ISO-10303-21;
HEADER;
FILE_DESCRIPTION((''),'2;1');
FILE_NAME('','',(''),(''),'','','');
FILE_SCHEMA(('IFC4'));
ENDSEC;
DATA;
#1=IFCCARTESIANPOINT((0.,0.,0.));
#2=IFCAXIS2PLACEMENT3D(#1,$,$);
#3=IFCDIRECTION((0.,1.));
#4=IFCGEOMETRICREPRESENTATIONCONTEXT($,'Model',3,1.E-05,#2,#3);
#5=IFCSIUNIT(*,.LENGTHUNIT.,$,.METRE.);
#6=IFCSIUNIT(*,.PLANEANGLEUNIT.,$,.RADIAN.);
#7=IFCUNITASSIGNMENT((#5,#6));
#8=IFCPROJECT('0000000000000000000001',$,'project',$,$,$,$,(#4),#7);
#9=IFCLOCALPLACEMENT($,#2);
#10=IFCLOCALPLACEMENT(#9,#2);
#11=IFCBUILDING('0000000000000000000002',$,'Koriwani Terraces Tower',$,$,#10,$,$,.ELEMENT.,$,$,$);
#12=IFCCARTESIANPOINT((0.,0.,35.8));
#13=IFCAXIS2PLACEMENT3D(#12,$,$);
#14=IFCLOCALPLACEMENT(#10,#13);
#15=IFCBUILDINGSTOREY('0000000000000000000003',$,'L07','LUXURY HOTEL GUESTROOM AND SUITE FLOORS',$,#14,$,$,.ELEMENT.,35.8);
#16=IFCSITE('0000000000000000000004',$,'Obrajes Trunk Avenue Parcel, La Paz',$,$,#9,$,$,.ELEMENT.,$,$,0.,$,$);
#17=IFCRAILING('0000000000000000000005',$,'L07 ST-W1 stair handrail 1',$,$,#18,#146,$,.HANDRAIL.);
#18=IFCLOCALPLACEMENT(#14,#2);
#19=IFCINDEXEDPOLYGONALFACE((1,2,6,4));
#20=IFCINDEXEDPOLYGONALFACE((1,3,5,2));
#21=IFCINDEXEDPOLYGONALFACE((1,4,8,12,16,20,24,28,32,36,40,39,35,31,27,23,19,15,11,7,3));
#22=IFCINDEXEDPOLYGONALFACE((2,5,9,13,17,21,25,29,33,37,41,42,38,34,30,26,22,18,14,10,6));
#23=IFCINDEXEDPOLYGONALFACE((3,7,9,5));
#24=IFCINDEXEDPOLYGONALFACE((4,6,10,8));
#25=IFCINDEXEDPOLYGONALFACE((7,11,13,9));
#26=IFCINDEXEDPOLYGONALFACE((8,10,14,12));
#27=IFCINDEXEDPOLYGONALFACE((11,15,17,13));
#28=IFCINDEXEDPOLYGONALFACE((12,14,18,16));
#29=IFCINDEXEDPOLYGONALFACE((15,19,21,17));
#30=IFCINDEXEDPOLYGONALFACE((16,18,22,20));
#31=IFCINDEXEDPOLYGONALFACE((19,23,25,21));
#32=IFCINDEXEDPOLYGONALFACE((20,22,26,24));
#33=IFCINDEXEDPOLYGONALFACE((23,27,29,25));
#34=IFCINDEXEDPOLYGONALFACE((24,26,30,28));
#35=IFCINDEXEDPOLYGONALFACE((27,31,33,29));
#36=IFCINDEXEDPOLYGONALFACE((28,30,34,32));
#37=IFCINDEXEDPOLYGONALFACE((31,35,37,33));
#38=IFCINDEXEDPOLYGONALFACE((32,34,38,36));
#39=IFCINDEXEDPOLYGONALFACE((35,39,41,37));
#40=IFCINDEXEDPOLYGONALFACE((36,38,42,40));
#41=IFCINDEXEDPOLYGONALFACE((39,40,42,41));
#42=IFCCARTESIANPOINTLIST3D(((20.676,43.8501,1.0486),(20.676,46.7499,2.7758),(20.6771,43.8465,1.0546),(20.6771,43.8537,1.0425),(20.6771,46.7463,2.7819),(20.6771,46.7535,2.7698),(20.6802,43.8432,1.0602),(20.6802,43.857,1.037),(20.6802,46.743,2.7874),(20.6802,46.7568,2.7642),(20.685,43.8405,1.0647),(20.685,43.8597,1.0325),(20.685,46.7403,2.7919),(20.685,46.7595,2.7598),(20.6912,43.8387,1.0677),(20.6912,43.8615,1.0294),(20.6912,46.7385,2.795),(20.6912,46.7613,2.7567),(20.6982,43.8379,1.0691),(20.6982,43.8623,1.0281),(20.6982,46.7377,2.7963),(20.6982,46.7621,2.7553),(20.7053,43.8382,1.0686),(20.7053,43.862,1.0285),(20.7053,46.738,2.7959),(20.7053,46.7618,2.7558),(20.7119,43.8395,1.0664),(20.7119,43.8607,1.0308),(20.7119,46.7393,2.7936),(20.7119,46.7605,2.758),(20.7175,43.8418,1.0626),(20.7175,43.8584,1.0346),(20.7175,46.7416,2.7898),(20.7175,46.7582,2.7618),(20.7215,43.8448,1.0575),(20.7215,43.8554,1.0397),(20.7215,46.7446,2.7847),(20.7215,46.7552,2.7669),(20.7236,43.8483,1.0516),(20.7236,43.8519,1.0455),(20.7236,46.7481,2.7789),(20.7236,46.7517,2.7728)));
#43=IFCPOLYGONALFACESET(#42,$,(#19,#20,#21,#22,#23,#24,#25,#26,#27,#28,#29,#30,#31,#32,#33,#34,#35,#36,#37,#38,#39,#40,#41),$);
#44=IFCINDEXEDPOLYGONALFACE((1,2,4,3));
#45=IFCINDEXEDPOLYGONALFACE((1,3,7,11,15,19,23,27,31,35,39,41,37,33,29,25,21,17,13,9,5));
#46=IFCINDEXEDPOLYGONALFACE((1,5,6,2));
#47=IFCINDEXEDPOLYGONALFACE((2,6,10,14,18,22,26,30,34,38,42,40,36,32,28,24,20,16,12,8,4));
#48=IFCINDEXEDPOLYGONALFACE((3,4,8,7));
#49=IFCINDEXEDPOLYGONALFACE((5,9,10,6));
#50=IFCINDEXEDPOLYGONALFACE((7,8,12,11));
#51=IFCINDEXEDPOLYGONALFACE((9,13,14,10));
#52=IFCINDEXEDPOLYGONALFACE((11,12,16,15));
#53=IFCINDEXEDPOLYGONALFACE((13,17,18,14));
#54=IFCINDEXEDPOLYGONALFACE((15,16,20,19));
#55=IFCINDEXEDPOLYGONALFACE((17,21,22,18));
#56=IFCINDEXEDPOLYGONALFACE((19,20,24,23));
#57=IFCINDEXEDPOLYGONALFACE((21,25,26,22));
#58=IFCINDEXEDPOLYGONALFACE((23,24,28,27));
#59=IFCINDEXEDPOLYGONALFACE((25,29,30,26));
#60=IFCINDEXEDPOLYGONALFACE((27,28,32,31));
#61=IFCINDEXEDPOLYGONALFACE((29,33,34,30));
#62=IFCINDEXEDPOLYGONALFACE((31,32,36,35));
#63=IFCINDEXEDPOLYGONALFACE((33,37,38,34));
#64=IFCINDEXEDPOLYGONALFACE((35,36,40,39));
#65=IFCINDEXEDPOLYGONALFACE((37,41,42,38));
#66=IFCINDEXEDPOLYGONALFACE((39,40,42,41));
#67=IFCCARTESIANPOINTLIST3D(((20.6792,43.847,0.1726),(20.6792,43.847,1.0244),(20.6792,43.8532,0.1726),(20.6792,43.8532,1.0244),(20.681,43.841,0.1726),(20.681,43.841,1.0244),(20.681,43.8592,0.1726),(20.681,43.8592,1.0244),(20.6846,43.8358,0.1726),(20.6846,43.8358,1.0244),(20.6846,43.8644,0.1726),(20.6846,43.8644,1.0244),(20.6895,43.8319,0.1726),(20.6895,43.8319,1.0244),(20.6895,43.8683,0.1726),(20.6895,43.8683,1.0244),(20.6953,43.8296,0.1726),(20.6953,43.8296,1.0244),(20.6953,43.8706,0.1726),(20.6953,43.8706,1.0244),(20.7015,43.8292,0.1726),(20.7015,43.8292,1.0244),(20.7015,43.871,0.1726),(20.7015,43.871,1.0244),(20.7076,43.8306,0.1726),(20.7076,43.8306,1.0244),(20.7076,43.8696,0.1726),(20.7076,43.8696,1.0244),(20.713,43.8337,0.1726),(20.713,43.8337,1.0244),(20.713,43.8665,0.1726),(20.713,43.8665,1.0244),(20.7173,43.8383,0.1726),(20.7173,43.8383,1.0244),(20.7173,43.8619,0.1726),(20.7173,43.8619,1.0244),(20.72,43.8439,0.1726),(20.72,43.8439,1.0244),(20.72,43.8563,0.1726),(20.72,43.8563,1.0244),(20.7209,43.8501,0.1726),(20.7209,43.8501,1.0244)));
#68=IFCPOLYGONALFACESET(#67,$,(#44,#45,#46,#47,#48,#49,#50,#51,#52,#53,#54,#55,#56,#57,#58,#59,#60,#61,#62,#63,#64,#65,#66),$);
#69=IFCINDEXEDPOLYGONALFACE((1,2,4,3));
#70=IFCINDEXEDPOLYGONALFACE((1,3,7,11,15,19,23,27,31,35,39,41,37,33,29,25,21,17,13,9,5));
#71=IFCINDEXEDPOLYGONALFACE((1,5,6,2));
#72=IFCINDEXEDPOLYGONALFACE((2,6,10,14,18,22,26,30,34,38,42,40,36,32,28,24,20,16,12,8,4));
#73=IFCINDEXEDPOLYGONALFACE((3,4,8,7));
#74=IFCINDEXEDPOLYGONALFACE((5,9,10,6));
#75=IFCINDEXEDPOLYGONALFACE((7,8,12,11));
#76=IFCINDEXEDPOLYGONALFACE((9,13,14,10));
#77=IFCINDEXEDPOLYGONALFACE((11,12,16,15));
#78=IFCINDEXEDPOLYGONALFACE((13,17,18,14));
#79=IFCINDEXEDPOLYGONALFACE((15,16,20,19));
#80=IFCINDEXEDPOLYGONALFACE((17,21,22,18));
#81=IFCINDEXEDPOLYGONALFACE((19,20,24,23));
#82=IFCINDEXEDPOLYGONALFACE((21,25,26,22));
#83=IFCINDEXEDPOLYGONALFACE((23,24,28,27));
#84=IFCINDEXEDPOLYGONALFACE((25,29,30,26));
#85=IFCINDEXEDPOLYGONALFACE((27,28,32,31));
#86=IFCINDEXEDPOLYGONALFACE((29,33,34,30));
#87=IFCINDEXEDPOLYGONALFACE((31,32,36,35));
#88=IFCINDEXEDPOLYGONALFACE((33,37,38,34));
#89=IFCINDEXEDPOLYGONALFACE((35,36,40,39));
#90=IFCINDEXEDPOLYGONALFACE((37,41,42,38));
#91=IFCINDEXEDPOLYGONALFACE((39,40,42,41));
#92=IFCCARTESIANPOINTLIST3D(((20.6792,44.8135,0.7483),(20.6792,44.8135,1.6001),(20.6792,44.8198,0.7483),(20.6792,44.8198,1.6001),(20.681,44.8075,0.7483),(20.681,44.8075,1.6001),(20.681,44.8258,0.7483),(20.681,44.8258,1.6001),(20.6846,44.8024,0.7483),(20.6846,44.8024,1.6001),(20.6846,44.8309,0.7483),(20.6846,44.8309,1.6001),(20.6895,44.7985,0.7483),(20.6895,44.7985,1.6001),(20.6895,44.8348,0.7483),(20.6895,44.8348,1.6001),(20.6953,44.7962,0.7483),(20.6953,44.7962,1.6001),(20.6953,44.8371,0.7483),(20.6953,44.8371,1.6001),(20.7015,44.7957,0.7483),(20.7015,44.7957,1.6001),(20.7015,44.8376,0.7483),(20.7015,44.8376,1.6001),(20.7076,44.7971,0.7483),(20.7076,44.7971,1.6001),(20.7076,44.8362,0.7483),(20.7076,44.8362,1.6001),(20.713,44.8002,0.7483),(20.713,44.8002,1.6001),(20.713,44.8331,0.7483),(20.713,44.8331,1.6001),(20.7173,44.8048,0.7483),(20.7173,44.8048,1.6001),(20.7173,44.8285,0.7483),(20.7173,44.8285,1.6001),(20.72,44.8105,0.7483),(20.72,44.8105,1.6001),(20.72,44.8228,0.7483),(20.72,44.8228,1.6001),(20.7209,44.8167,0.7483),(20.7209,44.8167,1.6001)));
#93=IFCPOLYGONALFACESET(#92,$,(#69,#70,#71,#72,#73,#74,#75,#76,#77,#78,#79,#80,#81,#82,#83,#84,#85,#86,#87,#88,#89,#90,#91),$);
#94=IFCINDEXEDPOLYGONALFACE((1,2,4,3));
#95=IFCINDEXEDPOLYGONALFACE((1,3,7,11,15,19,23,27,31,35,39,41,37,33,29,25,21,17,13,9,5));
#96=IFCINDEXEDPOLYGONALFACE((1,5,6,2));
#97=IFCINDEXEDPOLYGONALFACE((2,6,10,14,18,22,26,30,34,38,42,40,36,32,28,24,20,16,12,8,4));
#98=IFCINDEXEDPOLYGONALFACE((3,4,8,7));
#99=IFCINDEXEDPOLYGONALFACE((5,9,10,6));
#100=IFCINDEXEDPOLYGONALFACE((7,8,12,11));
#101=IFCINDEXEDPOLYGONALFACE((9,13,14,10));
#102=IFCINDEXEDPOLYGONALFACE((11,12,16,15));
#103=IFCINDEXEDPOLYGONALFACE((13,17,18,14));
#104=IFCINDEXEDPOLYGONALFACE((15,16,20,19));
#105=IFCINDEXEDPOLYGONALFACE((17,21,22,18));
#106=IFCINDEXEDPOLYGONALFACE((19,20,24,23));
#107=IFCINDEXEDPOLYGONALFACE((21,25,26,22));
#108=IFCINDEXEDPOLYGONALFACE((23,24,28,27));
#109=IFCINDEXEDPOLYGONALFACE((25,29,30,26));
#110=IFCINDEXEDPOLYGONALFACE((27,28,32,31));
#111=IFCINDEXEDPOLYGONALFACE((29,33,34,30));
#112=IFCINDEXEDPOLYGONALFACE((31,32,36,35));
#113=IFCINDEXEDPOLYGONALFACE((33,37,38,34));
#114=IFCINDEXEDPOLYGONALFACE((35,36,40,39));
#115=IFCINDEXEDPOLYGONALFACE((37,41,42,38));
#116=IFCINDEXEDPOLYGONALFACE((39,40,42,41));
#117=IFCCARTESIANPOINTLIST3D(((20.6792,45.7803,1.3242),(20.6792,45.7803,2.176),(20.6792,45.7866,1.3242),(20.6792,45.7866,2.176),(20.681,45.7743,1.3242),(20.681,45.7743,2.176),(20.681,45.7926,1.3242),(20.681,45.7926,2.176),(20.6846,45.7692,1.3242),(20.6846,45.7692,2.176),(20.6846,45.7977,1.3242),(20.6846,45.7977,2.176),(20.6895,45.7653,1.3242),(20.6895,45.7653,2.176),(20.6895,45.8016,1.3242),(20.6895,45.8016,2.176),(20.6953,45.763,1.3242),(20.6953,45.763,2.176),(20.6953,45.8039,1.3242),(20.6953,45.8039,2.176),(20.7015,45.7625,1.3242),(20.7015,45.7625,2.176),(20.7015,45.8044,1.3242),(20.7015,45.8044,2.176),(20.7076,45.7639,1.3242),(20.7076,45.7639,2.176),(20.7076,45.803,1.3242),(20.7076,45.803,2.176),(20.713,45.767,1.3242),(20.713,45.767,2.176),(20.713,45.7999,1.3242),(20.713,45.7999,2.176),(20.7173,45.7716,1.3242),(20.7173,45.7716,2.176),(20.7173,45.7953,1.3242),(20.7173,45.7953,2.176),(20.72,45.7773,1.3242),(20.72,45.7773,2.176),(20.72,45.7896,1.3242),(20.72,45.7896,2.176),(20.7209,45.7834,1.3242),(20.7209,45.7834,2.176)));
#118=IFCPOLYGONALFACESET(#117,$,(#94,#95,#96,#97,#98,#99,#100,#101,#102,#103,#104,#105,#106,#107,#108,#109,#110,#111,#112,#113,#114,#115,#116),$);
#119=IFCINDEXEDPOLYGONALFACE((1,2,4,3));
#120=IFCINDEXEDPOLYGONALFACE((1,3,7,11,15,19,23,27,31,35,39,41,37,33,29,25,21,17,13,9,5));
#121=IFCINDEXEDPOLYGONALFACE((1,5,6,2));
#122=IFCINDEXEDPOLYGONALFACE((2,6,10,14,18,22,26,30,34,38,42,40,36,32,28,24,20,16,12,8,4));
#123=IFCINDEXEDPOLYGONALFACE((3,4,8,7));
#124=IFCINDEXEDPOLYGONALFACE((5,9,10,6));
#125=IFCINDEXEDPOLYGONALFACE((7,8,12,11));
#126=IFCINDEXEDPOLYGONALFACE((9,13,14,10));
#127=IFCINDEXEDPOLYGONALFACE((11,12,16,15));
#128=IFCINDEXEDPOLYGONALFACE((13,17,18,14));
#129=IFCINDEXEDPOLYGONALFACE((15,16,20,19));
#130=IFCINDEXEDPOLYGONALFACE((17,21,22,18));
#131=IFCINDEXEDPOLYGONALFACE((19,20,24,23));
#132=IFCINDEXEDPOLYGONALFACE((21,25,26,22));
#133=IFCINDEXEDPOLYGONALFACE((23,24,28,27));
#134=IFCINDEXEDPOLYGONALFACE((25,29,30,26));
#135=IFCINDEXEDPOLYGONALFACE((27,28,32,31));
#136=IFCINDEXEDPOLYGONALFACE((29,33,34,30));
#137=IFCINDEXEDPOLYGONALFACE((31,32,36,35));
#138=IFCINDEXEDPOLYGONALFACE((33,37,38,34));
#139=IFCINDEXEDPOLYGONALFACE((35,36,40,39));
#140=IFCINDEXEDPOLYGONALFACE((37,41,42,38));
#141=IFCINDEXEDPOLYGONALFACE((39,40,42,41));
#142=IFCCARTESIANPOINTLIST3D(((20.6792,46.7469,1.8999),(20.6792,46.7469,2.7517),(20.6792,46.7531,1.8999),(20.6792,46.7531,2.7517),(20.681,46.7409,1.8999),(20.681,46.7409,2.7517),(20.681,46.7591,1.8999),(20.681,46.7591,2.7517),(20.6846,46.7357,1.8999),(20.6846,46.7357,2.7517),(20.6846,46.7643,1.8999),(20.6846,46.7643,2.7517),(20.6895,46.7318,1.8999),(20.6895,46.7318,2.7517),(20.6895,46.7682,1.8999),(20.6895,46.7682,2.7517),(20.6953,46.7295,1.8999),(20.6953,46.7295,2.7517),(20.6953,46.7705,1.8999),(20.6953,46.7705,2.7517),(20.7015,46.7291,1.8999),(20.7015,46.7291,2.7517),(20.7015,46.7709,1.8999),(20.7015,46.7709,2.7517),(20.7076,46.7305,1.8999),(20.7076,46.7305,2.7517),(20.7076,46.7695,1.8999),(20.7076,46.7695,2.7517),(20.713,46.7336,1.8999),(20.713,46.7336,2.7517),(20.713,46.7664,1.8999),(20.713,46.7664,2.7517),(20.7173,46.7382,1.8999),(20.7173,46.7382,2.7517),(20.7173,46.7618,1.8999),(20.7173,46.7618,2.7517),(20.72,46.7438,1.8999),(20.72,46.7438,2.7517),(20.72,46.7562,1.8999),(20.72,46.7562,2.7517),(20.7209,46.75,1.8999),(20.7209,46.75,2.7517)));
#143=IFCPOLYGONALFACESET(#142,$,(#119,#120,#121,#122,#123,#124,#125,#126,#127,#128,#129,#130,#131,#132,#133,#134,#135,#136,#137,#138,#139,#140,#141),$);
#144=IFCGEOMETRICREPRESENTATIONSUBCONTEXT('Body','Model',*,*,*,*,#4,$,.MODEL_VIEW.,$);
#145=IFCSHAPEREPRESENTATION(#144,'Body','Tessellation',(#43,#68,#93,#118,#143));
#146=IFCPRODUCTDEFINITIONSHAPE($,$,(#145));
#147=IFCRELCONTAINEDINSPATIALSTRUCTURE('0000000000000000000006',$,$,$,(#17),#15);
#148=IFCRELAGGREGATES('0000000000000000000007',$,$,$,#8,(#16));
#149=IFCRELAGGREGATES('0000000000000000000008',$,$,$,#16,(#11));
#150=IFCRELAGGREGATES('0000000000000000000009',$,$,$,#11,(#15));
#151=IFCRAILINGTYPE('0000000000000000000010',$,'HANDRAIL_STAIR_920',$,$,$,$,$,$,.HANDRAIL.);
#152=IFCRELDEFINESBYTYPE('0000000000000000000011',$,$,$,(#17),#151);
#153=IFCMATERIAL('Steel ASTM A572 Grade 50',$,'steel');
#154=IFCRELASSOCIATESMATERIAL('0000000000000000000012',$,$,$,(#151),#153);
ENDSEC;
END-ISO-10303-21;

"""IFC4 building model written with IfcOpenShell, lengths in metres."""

from ifc_helpers import new_model, si_unit, direction, frame, origin, origin_2d, place, context, subcontext, project, spatial, circle, extrude, material, type_object, element, save


model = new_model("IFC4")

# Units and contexts
model_context = context("Model", 3, precision=1e-05, world=origin(), true_north=direction((0.0, 1.0)))
body_context = subcontext(model_context, "Body", "Model", "MODEL_VIEW")
ifc_project = project(units=[si_unit("LENGTHUNIT", "METRE"), si_unit("PLANEANGLEUNIT", "RADIAN")], contexts=[model_context])

# Site, building, storey
site_placement = place(None, origin())
site = spatial("IfcSite", under=ifc_project, at=site_placement, Name="Obrajes Trunk Avenue Parcel, La Paz", CompositionType="ELEMENT", RefElevation=0.0)
building_placement = place(site_placement, origin())
building = spatial("IfcBuilding", under=site, at=building_placement, Name="Koriwani Terraces Tower", CompositionType="ELEMENT")
storey_placement = place(building_placement, frame((0.0, 0.0, 35.8)))
storey = spatial("IfcBuildingStorey", under=building, at=storey_placement, Name="L07", Description="LUXURY HOTEL GUESTROOM AND SUITE FLOORS", CompositionType="ELEMENT", Elevation=35.8)

# Shared definitions
ifc_material_1 = material(Name="Steel ASTM A572 Grade 50", Category="steel")

# Railing
railing_type_1 = type_object("IfcRailingType", Name="HANDRAIL_STAIR_920", PredefinedType="HANDRAIL", material=ifc_material_1)
railing_1_placement = place(storey_placement, frame((20.7, 43.8501, 0.1726)))
element("IfcRailing", 1, at=railing_1_placement, inside=storey, type_object=railing_type_1, Name="L07 ST-W1 stair handrail 1", PredefinedType="HANDRAIL", context=body_context, shape_type="SweptSolid", body=[
    extrude(circle(Radius=0.0239, at=origin_2d()), frame((0.0, 0.0, 0.876), z_axis=(0.0, 0.859141, 0.511738), x_axis=(-1.0, 0.0, 0.0)), (0.0, 0.0, 1.0), 3.3752),
    extrude(circle(Radius=0.021, at=origin_2d()), origin(), (0.0, 0.0, 1.0), 0.8518),
    extrude(circle(Radius=0.021, at=origin_2d()), frame((0.0, 0.9666, 0.5757)), (0.0, 0.0, 1.0), 0.8518),
    extrude(circle(Radius=0.021, at=origin_2d()), frame((0.0, 1.9333, 1.1516)), (0.0, 0.0, 1.0), 0.8518),
    extrude(circle(Radius=0.021, at=origin_2d()), frame((0.0, 2.8999, 1.7273)), (0.0, 0.0, 1.0), 0.8518),
])

save(model, "model.ifc")
